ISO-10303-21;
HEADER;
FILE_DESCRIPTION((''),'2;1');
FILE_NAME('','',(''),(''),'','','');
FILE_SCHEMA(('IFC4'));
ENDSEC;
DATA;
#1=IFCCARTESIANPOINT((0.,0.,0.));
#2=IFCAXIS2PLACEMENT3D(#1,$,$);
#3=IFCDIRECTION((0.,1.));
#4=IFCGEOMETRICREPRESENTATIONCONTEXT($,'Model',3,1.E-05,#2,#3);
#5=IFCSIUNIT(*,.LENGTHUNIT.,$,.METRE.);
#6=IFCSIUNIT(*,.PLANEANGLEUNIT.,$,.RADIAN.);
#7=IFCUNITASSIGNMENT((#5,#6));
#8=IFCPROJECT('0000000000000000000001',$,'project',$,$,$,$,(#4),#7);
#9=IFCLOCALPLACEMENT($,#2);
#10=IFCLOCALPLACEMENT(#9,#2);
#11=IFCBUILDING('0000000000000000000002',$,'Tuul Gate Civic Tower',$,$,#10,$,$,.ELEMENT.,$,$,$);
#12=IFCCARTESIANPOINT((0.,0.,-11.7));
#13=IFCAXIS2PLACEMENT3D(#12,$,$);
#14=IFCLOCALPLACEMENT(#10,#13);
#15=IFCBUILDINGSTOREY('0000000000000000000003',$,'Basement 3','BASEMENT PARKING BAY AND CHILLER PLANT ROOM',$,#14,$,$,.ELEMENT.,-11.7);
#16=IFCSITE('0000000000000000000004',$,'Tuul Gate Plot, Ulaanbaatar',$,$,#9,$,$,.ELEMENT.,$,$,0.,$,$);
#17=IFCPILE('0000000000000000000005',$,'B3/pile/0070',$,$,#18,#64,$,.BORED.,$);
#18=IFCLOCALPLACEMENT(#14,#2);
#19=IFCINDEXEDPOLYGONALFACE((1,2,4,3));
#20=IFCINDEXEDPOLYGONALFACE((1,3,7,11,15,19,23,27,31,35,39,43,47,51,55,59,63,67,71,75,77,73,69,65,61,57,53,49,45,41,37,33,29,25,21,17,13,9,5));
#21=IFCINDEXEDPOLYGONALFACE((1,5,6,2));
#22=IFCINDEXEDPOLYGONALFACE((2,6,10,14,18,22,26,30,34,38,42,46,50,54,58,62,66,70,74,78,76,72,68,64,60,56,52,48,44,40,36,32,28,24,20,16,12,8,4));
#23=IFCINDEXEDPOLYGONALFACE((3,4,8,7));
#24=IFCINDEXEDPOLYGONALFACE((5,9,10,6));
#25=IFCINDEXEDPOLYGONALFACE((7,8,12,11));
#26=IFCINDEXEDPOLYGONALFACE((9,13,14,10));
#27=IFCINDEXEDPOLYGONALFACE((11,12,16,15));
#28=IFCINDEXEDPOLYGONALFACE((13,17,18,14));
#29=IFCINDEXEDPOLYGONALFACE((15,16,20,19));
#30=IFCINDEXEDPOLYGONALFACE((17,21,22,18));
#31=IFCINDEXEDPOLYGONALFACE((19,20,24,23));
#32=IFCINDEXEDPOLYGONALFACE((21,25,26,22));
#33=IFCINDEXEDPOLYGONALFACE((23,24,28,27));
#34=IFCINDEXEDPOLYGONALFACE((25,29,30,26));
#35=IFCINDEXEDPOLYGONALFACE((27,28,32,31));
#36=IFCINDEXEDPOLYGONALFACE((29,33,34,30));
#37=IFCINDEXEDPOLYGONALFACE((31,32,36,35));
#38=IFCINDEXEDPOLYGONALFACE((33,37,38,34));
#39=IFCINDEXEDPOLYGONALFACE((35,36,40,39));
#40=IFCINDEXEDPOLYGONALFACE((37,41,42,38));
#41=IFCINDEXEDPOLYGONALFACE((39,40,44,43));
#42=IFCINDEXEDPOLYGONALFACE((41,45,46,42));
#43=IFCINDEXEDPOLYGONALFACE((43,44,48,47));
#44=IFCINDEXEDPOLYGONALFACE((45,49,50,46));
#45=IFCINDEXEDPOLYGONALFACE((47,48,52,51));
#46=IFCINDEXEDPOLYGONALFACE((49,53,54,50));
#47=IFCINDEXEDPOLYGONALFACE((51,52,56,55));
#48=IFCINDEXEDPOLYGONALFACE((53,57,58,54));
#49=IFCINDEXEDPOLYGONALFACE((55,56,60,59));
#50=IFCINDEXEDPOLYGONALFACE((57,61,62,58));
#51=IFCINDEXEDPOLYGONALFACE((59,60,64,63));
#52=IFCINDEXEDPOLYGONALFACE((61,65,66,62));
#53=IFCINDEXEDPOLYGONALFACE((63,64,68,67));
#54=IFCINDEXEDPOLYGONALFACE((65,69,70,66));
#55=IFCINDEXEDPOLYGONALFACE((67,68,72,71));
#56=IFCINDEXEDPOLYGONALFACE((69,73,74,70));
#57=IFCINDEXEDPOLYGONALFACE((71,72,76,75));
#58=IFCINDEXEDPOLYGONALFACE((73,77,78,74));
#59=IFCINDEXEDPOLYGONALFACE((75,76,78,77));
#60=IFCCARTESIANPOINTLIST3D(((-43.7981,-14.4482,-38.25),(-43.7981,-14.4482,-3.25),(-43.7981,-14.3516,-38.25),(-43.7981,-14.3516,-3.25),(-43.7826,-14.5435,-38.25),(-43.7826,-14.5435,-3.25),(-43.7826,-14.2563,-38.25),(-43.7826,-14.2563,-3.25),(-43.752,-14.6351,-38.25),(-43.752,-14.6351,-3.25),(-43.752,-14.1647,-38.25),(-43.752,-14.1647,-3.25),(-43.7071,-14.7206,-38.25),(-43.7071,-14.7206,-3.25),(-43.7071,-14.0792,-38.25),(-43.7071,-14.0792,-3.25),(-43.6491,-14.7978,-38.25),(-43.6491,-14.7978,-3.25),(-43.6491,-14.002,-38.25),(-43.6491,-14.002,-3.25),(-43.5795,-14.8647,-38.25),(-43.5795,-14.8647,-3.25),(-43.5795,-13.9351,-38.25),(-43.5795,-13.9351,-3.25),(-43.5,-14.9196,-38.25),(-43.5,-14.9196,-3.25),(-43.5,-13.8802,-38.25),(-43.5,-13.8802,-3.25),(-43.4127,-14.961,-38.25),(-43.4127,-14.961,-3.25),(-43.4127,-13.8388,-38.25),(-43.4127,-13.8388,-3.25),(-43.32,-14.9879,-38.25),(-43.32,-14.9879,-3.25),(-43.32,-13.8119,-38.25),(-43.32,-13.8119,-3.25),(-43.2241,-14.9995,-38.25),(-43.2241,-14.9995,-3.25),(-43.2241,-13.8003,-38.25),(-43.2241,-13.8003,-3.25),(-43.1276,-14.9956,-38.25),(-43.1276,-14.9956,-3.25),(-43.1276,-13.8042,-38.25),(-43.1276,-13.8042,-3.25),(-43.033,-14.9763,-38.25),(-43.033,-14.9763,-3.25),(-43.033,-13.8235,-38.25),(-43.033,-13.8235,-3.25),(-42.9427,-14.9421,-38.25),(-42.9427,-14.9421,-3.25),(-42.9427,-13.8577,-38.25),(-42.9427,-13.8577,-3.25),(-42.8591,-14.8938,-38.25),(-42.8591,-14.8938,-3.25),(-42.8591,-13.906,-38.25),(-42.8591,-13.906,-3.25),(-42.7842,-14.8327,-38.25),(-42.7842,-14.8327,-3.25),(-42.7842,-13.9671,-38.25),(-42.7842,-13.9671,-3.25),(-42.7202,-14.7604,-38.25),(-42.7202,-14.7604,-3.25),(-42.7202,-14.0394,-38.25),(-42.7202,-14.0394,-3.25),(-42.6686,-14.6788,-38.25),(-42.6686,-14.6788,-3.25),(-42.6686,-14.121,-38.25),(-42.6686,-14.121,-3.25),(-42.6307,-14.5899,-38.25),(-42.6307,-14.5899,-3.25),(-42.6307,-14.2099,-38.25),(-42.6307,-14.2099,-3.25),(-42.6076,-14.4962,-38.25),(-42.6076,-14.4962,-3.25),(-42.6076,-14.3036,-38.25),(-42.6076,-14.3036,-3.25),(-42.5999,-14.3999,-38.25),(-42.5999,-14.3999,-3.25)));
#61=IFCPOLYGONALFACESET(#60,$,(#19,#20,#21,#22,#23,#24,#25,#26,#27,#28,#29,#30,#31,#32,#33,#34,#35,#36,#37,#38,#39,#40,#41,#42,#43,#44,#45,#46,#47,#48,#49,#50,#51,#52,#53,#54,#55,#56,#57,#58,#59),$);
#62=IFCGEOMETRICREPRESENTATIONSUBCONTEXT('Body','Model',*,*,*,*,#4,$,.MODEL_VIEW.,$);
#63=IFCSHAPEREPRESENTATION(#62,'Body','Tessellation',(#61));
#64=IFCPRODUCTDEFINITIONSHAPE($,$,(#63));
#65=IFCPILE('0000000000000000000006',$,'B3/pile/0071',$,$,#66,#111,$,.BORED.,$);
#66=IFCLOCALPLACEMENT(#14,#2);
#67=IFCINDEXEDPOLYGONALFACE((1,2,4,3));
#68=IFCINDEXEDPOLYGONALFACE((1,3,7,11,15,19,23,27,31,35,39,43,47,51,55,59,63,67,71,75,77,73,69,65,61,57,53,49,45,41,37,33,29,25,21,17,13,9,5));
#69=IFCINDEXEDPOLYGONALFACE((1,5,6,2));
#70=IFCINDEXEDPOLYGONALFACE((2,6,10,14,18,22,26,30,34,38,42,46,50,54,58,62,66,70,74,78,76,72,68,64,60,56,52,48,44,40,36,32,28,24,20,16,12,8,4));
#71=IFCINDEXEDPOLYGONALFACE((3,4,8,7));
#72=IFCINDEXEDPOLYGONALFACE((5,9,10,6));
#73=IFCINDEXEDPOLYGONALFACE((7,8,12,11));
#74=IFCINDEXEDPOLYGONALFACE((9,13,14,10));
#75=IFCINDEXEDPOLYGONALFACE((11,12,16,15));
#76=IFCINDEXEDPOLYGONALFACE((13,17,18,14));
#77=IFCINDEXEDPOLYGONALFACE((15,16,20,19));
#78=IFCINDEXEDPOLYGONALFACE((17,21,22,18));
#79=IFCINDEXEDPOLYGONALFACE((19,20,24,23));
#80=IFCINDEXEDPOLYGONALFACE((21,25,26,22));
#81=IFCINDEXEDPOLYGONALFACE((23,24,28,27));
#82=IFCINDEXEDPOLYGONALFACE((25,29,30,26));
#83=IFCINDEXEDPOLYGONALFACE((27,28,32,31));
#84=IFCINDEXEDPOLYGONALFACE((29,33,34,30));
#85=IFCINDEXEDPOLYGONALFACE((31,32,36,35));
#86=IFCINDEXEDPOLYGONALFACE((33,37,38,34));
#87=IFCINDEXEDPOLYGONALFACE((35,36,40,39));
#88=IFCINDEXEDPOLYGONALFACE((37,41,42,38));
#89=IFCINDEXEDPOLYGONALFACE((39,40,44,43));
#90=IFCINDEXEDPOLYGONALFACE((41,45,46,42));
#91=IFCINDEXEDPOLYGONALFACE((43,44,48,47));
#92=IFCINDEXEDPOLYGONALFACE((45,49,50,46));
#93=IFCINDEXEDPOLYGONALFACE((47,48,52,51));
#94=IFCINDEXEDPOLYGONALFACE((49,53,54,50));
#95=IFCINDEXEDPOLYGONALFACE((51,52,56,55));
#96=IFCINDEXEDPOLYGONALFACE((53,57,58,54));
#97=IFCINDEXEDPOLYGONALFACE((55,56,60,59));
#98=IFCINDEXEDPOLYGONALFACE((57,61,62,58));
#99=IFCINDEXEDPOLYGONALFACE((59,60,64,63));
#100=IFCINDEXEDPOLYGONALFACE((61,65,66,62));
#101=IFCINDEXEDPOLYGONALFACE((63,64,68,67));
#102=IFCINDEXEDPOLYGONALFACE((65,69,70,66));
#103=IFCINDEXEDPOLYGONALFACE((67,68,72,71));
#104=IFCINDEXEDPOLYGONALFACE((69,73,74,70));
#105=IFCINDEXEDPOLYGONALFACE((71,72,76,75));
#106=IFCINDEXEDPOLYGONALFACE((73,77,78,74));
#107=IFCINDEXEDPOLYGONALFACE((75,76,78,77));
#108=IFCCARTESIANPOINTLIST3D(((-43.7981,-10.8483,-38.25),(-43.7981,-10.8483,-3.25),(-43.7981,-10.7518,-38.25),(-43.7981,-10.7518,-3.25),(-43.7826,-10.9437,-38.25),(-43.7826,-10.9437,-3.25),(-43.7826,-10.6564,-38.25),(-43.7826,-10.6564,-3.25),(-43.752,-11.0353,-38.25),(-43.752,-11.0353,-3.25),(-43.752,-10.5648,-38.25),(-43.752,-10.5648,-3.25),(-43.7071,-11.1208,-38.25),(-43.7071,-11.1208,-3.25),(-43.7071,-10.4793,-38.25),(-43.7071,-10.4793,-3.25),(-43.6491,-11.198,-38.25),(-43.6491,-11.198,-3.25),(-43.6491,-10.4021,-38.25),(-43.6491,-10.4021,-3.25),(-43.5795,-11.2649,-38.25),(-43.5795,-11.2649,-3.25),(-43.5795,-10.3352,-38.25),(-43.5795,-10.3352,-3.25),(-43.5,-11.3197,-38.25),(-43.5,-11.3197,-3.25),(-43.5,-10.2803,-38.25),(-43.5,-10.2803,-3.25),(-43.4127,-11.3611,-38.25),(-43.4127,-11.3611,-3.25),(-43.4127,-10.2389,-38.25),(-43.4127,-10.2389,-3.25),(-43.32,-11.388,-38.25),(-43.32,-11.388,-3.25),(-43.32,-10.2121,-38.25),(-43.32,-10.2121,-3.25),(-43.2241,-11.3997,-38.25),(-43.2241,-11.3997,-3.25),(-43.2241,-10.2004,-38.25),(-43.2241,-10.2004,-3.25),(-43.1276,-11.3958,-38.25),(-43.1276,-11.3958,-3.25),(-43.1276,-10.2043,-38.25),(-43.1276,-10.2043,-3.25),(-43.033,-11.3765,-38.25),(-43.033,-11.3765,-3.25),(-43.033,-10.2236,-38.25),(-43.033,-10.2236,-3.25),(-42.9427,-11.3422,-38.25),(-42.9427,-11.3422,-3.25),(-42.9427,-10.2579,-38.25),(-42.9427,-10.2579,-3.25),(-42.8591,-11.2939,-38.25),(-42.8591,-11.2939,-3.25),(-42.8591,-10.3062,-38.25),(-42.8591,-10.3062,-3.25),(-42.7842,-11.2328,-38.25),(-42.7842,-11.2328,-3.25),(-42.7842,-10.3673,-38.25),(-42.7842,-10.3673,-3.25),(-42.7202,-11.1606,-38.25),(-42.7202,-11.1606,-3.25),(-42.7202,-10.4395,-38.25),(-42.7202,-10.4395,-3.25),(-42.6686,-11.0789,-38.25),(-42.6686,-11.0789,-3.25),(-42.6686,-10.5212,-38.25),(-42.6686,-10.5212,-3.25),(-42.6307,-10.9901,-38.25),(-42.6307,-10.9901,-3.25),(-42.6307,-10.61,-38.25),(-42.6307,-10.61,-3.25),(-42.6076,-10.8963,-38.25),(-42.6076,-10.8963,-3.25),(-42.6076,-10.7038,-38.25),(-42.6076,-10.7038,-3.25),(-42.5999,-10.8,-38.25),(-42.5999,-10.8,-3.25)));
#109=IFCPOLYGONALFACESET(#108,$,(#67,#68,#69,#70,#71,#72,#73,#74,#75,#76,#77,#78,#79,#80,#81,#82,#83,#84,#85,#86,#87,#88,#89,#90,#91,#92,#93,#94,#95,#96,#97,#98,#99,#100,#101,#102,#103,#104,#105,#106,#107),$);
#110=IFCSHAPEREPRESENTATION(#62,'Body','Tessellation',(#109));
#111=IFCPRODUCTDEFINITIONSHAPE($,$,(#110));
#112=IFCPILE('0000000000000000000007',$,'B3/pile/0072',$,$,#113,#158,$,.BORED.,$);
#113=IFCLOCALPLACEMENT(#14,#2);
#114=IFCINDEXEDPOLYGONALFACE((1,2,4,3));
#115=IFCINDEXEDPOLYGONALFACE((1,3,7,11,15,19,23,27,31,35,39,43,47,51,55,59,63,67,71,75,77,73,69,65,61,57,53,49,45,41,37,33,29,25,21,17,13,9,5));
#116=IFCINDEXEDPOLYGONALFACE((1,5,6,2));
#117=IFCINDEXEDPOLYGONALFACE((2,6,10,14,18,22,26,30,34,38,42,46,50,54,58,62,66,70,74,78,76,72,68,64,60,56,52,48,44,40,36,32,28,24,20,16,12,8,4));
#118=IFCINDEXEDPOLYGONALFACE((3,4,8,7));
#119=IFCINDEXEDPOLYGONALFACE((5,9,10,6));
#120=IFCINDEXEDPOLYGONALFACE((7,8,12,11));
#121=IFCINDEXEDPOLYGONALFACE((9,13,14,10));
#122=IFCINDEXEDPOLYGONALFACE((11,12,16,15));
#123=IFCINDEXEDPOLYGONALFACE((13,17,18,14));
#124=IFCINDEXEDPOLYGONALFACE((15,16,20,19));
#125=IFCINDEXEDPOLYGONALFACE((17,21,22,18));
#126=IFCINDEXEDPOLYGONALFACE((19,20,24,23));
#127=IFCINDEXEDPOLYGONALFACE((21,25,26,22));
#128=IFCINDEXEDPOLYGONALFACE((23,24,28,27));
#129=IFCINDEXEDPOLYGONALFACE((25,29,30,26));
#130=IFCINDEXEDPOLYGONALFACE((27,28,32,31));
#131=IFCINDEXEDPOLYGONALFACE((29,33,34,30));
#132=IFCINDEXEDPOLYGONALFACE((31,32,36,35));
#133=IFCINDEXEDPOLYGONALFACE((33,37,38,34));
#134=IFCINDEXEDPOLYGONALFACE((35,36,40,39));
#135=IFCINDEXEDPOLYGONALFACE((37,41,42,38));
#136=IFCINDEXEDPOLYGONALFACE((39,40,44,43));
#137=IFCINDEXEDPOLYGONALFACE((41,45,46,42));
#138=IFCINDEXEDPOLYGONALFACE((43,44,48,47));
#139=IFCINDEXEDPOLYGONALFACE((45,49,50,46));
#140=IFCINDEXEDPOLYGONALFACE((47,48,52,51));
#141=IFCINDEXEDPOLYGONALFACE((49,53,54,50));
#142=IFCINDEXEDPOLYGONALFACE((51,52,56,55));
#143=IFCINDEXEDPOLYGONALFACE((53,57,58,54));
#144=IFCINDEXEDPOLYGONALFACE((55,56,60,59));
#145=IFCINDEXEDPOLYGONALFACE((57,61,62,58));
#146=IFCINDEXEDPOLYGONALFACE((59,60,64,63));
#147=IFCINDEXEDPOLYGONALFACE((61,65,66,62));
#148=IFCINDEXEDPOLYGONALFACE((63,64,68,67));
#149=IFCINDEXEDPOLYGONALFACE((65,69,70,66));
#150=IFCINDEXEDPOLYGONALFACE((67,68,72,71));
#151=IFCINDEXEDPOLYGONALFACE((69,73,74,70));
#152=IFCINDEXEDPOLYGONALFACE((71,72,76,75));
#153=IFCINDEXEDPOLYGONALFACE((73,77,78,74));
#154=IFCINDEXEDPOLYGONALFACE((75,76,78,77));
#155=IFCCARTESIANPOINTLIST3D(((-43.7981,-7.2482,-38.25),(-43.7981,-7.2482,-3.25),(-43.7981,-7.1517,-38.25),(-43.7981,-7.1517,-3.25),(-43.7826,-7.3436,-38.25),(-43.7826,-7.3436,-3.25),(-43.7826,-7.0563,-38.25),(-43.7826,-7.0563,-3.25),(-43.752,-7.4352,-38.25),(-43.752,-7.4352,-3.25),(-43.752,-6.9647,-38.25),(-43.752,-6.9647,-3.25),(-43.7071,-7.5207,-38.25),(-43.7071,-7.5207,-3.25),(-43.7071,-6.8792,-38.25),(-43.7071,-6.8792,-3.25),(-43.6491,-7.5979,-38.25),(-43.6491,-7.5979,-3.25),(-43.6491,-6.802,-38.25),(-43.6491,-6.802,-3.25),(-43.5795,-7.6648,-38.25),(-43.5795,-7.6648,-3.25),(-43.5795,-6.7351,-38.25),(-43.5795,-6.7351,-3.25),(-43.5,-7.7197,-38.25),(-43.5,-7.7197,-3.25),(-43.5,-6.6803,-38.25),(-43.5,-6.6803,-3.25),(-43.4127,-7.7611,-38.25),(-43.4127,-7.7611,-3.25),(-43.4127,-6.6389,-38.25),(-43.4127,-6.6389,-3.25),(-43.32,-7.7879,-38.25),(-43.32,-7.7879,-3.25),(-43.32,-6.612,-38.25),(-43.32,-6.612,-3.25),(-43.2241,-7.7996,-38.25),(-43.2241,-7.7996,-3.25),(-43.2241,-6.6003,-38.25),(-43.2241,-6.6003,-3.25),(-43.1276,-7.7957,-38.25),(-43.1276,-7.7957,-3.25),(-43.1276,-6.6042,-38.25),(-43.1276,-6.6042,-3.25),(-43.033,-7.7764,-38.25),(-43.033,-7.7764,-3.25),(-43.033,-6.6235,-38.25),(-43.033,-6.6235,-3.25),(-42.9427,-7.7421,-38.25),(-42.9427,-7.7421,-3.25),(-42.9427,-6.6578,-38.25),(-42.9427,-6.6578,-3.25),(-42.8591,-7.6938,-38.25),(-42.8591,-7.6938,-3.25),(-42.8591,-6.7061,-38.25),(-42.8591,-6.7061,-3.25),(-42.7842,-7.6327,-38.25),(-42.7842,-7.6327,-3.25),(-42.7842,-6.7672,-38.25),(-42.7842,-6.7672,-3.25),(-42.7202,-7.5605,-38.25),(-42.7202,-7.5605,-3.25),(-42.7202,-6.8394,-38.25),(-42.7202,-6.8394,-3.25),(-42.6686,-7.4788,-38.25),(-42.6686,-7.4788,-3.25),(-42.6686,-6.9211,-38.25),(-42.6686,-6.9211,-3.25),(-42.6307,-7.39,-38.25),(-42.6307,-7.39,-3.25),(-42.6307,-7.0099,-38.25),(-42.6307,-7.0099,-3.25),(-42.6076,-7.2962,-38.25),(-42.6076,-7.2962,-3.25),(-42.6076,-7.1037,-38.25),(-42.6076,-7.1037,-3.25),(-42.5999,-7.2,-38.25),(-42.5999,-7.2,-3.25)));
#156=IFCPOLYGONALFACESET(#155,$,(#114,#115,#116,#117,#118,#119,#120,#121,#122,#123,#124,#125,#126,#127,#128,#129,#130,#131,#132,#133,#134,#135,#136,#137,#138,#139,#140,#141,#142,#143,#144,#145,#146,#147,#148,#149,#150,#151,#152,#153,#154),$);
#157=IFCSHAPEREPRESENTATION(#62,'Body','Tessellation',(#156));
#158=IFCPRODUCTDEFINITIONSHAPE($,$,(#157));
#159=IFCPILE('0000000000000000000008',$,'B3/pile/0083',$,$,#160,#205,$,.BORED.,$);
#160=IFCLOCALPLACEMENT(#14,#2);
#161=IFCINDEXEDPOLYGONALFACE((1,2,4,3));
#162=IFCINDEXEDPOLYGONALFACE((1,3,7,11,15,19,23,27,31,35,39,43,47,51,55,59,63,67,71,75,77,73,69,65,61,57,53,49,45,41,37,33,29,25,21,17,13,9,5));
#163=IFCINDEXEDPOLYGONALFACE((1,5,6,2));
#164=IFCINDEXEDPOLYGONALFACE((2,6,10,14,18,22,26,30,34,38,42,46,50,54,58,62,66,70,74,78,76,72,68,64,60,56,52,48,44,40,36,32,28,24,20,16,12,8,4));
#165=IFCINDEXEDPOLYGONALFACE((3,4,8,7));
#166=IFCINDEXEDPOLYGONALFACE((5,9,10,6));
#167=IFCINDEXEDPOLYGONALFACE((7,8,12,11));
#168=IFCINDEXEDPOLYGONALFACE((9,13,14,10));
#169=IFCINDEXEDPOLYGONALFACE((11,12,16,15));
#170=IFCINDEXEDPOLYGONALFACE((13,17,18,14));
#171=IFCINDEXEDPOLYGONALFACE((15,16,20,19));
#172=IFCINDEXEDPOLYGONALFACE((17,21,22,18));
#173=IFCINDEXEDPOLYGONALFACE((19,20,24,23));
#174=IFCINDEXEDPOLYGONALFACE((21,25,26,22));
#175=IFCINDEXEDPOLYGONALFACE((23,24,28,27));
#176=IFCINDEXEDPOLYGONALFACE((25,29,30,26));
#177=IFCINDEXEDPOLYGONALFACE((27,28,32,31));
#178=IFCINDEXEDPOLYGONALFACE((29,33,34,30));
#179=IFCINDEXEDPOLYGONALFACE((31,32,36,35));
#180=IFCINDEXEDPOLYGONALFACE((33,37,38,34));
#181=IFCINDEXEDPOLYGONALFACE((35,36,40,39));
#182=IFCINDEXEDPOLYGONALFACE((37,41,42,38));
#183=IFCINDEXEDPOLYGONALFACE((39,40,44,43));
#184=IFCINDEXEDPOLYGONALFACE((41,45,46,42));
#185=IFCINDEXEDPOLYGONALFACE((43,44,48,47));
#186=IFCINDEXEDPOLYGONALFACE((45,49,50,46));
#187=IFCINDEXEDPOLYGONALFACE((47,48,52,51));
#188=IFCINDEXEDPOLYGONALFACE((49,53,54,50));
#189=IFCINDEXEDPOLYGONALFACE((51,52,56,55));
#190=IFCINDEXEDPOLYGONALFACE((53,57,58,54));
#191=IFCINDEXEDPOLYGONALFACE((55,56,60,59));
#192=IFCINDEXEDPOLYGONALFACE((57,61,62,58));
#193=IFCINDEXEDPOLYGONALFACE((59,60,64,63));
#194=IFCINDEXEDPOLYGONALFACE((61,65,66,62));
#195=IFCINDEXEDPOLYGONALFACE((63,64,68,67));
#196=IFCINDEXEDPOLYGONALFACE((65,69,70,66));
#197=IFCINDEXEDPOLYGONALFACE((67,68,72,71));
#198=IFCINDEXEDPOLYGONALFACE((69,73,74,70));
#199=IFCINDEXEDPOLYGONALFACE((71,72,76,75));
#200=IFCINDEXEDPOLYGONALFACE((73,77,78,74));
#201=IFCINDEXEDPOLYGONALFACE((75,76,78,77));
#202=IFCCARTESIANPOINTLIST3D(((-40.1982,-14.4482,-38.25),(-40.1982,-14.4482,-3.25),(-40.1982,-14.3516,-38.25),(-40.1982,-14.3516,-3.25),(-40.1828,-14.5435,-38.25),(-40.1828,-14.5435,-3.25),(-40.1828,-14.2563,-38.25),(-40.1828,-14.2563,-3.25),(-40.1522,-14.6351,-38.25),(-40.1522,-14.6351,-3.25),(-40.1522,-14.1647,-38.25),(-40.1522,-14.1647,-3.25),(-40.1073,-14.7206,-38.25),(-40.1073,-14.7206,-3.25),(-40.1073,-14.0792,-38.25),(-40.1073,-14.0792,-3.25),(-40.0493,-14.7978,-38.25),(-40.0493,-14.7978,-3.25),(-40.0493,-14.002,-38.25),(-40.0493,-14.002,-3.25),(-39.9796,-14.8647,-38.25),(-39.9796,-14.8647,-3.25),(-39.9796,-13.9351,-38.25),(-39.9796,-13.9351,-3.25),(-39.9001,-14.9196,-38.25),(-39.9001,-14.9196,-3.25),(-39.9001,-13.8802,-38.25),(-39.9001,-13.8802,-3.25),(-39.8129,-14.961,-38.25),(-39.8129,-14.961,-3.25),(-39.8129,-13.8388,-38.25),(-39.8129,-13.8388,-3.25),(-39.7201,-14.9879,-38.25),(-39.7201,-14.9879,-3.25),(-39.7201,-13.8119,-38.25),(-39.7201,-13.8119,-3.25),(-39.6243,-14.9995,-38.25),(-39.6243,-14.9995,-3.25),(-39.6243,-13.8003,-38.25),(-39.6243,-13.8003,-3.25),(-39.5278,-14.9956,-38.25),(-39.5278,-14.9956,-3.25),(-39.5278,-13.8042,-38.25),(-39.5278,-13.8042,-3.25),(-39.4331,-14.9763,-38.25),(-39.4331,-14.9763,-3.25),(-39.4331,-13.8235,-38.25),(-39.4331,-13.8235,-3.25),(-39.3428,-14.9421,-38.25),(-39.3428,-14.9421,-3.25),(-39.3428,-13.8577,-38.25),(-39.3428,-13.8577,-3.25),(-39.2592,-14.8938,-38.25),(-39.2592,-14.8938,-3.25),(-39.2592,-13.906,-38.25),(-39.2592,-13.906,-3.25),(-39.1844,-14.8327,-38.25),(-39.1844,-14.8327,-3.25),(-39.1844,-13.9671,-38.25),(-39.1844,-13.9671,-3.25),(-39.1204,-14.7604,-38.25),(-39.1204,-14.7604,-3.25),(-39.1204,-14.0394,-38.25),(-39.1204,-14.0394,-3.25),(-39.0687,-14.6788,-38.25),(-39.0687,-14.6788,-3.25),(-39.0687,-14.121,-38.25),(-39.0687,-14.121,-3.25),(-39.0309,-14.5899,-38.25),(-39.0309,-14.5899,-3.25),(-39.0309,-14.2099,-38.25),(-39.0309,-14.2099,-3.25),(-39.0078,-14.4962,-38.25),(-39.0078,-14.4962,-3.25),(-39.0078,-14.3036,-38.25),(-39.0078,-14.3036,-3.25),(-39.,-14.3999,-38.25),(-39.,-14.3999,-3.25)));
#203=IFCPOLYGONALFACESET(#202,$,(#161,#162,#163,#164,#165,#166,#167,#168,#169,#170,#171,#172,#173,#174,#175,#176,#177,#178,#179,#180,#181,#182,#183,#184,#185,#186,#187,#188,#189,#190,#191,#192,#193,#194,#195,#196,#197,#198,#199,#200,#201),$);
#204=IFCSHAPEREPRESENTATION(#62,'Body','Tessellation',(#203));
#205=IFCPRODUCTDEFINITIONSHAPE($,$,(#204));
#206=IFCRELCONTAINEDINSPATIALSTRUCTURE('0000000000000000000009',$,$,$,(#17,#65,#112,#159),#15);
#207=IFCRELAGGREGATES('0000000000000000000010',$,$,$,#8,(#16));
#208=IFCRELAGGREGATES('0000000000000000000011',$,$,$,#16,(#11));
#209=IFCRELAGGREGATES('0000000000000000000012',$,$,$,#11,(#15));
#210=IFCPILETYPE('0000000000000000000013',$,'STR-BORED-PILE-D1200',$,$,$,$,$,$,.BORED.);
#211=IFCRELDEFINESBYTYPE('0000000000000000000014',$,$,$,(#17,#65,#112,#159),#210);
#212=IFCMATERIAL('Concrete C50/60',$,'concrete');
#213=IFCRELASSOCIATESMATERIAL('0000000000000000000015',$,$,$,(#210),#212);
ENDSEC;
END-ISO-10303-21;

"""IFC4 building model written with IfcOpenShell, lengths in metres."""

from ifc_helpers import new_model, si_unit, direction, frame, origin, origin_2d, place, context, subcontext, project, spatial, circle, extrude, material, material_profile, profile_set, type_object, element, save


model = new_model("IFC4")

# Units and contexts
model_context = context("Model", 3, precision=1e-05, world=origin(), true_north=direction((0.0, 1.0)))
body_context = subcontext(model_context, "Body", "Model", "MODEL_VIEW")
ifc_project = project(units=[si_unit("LENGTHUNIT", "METRE"), si_unit("PLANEANGLEUNIT", "RADIAN")], contexts=[model_context])

# Site, building, storey
site_placement = place(None, origin())
site = spatial("IfcSite", under=ifc_project, at=site_placement, Name="Tuul Gate Plot, Ulaanbaatar", CompositionType="ELEMENT", RefElevation=0.0)
building_placement = place(site_placement, origin())
building = spatial("IfcBuilding", under=site, at=building_placement, Name="Tuul Gate Civic Tower", CompositionType="ELEMENT")
storey_placement = place(building_placement, frame((0.0, 0.0, -11.7)))
storey = spatial("IfcBuildingStorey", under=building, at=storey_placement, Name="Basement 3", Description="BASEMENT PARKING BAY AND CHILLER PLANT ROOM", CompositionType="ELEMENT", Elevation=-11.7)

# Piles
ifc_material_1 = material(Name="Concrete C50/60", Category="concrete")
ifc_material_profile_1 = material_profile(ifc_material_1, circle(Radius=0.6001, at=origin_2d()), Name="PILE1200")
ifc_profile_set_1 = profile_set([ifc_material_profile_1], Name="Concrete C50/60")
pile_type = type_object("IfcPileType", Name="STR-BORED-PILE-D1200", PredefinedType="BORED", material=ifc_profile_set_1)
for number, where, z_axis, x_axis, name in (
    (1, (-43.2, -14.3999, -3.25), (0.0, 0.0, -1.0), (1.0, 0.0, 0.0), "B3/pile/0070"),
    (2, (-43.2, -10.8, -3.25), (0.0, 0.0, -1.0), (1.0, 0.0, 0.0), "B3/pile/0071"),
    (3, (-43.2, -7.2, -3.25), (0.0, 0.0, -1.0), (1.0, 0.0, 0.0), "B3/pile/0072"),
    (4, (-39.6001, -14.3999, -3.25), (0.0, 0.0, -1.0), (1.0, 0.0, 0.0), "B3/pile/0083"),
):
    element("IfcPile", number, at=place(storey_placement, frame(where, z_axis=z_axis, x_axis=x_axis)), inside=storey, type_object=pile_type, Name=name, PredefinedType="BORED", context=body_context, shape_type="SweptSolid", body=[
        extrude(circle(Radius=0.6001, at=origin_2d()), origin(), (0.0, 0.0, 1.0), 35.0),
    ])

save(model, "model.ifc")
